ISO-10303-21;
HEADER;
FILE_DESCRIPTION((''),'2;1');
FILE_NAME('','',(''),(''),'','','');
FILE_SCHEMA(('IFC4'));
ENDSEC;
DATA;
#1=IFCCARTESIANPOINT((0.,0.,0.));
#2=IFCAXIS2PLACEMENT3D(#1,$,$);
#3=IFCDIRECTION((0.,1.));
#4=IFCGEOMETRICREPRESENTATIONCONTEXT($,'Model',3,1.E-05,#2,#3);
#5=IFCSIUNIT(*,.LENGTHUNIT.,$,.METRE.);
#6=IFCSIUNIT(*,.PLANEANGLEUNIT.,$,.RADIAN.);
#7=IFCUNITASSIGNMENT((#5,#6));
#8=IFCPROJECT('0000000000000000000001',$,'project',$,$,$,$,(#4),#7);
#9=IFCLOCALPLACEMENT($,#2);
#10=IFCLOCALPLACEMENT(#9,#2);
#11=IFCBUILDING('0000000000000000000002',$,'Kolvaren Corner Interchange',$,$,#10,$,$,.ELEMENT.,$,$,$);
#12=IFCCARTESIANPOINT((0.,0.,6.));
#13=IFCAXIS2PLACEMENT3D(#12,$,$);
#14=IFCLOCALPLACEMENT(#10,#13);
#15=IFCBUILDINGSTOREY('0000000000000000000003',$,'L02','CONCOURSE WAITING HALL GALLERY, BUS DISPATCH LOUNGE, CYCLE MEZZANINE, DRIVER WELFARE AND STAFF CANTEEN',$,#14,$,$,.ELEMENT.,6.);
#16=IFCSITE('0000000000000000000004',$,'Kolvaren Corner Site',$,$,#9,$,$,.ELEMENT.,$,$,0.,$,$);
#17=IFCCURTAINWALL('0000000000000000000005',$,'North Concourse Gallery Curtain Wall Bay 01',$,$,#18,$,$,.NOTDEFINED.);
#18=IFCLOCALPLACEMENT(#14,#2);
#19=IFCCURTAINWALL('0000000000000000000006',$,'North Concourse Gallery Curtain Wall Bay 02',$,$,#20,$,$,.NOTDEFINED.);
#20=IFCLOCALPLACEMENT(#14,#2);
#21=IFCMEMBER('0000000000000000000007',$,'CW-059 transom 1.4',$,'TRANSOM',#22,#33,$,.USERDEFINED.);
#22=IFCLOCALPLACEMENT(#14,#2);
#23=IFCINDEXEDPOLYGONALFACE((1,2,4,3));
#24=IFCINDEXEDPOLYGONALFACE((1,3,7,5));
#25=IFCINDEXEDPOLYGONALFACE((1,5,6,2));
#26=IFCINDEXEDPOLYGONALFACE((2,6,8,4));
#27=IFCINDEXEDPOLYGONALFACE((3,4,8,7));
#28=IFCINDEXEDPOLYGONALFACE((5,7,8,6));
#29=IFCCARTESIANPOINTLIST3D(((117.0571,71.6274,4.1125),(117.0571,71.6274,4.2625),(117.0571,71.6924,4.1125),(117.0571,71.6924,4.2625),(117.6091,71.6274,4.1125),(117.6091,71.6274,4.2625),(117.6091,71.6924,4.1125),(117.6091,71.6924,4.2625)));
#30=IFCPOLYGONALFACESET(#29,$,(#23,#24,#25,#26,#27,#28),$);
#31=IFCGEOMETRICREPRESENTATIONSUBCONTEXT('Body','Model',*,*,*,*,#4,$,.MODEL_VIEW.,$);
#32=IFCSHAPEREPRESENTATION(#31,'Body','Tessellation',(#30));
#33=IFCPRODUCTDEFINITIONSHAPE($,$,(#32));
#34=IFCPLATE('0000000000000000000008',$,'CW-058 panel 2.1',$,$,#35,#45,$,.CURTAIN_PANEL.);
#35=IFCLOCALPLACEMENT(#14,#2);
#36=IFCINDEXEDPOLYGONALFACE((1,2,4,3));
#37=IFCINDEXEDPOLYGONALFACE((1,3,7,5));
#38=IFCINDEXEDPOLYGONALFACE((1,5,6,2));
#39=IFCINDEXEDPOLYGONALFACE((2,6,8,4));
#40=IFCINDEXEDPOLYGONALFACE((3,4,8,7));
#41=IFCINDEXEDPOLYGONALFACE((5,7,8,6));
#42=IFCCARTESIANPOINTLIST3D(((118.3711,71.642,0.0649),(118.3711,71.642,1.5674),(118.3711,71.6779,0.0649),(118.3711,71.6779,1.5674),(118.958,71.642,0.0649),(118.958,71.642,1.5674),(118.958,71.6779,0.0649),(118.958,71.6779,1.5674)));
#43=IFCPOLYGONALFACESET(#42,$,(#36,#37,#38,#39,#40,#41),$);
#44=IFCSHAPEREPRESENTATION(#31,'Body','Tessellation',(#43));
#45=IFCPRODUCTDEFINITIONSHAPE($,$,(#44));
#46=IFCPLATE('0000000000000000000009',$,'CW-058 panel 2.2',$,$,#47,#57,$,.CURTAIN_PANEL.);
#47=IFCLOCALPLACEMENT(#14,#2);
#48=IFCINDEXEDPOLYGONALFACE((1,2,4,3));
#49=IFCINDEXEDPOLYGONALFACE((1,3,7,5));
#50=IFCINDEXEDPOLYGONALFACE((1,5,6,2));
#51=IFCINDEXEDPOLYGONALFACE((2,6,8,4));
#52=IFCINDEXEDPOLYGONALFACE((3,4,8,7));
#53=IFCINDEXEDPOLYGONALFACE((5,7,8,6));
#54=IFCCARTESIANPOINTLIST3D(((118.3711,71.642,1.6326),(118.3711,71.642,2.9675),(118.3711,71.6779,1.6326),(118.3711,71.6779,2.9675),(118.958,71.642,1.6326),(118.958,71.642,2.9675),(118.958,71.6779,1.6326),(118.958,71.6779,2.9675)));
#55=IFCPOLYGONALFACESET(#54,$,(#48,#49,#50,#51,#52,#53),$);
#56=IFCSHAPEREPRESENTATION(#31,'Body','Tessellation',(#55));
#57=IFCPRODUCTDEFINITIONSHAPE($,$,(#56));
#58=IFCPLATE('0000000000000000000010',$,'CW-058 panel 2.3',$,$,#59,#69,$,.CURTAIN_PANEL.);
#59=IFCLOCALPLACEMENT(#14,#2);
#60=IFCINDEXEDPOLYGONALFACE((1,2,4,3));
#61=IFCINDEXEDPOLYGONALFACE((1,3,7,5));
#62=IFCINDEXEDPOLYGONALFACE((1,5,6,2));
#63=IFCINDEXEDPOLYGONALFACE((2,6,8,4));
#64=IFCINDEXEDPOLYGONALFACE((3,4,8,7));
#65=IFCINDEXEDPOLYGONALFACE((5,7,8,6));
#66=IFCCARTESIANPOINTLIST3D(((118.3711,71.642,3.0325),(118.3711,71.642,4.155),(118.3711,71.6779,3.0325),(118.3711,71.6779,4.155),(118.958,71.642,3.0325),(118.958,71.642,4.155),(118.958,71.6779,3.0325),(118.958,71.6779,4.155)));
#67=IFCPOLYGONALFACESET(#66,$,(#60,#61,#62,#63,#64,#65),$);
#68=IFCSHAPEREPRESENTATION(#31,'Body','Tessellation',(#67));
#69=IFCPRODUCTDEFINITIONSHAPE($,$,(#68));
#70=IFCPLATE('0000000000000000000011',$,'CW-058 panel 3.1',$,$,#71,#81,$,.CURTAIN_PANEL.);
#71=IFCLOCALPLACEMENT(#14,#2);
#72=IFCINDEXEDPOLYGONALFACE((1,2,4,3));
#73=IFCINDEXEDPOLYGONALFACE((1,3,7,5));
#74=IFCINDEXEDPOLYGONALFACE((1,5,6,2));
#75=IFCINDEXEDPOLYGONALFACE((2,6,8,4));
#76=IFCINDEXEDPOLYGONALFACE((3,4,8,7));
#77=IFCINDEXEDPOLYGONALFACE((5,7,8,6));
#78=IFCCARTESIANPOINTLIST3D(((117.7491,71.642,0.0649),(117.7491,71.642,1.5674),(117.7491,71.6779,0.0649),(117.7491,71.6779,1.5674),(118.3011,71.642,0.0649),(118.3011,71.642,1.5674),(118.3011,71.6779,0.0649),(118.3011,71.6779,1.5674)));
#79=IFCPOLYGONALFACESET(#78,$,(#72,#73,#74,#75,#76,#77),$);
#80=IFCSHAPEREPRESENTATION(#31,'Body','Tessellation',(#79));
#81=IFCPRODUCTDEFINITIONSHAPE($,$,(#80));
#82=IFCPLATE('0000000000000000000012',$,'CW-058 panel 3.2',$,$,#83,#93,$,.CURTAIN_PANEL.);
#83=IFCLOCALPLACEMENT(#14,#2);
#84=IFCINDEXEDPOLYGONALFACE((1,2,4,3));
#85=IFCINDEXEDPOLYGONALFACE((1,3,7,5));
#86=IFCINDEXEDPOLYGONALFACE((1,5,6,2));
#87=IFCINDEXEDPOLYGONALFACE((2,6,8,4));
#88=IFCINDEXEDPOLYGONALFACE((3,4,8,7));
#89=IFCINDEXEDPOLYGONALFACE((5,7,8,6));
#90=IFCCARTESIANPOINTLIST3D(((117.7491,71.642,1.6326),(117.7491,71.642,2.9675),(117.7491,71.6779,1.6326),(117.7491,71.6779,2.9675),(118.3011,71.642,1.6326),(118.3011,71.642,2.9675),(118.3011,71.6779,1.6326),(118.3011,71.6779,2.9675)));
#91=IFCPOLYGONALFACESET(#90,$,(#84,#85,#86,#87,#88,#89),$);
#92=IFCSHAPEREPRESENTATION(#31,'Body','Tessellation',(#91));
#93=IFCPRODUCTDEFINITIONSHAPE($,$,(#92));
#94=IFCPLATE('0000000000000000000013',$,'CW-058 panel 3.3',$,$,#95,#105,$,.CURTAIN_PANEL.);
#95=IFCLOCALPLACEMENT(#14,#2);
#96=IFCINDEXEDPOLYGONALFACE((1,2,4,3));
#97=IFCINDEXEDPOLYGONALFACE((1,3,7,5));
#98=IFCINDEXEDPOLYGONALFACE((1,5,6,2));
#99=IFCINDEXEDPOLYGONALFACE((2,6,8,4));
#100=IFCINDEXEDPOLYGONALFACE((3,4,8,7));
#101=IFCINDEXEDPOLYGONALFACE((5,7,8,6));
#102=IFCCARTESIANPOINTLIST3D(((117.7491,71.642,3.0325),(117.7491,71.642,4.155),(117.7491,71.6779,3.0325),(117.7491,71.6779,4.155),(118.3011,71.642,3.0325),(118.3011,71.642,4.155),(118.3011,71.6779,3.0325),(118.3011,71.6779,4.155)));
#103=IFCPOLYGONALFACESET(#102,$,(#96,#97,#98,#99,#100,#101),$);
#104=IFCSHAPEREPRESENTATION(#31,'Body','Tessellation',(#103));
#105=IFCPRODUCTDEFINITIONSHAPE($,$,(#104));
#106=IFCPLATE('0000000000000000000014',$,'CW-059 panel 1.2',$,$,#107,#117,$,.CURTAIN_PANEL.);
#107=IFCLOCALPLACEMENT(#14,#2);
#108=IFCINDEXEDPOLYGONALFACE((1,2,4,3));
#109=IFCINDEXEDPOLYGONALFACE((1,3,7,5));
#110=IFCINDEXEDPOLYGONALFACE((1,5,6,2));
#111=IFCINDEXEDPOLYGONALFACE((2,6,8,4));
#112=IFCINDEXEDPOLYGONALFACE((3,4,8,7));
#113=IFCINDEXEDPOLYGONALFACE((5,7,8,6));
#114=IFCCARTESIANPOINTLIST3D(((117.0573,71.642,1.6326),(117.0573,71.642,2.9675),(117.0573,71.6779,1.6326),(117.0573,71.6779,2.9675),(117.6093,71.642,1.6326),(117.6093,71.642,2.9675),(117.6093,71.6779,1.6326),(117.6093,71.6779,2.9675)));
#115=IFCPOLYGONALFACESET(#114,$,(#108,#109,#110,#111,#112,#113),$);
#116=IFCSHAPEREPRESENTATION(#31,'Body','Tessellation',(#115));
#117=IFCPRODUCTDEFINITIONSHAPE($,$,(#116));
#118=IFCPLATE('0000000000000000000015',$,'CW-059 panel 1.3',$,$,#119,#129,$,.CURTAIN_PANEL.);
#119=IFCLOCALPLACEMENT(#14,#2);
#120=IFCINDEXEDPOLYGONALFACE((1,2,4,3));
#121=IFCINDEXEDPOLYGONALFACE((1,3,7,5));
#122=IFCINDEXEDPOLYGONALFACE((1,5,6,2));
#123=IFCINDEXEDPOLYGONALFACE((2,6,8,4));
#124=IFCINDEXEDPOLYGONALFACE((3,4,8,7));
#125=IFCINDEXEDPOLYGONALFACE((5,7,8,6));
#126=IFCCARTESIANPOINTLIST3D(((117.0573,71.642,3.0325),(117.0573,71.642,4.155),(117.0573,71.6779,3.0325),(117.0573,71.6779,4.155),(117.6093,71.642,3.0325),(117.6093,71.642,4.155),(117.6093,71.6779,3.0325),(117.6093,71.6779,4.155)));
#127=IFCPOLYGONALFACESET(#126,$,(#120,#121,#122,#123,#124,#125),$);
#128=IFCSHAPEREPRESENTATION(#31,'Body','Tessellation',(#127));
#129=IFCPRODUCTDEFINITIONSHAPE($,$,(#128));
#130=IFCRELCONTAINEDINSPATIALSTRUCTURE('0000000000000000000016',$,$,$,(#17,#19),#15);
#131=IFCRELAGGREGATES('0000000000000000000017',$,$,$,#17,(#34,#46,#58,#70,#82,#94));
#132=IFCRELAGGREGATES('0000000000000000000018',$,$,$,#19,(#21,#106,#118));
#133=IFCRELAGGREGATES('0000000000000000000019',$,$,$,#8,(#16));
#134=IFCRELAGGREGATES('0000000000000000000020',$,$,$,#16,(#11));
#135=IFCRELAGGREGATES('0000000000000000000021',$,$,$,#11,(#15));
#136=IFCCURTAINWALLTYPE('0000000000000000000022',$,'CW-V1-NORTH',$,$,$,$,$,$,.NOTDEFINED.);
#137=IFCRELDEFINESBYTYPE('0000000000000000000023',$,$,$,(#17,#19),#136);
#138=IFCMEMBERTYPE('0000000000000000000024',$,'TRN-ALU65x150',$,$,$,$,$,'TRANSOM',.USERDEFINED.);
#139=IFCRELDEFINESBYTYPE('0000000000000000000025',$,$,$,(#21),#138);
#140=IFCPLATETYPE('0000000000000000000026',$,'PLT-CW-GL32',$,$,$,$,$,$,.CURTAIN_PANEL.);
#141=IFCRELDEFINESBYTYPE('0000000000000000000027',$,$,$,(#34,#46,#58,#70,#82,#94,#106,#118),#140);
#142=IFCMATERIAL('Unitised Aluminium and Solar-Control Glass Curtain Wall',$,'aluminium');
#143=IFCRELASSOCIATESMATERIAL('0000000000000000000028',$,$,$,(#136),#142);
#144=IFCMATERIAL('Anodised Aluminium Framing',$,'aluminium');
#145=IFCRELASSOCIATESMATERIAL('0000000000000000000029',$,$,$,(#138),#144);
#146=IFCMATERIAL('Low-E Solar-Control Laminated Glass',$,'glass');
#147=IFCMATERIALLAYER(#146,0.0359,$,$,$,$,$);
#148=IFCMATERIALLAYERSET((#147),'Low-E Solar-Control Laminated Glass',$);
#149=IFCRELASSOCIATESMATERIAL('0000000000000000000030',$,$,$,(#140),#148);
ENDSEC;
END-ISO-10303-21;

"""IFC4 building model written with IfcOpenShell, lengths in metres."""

from ifc_helpers import new_model, si_unit, direction, frame, origin, origin_2d, place, context, subcontext, project, spatial, rectangle, extrude, material, layer, layer_set, material_profile, profile_set, type_object, element, aggregate, save


model = new_model("IFC4")

# Units and contexts
model_context = context("Model", 3, precision=1e-05, world=origin(), true_north=direction((0.0, 1.0)))
body_context = subcontext(model_context, "Body", "Model", "MODEL_VIEW")
ifc_project = project(units=[si_unit("LENGTHUNIT", "METRE"), si_unit("PLANEANGLEUNIT", "RADIAN")], contexts=[model_context])

# Site, building, storey
site_placement = place(None, origin())
site = spatial("IfcSite", under=ifc_project, at=site_placement, Name="Kolvaren Corner Site", CompositionType="ELEMENT", RefElevation=0.0)
building_placement = place(site_placement, origin())
building = spatial("IfcBuilding", under=site, at=building_placement, Name="Kolvaren Corner Interchange", CompositionType="ELEMENT")
storey_placement = place(building_placement, frame((0.0, 0.0, 6.0)))
storey = spatial("IfcBuildingStorey", under=building, at=storey_placement, Name="L02", Description="CONCOURSE WAITING HALL GALLERY, BUS DISPATCH LOUNGE, CYCLE MEZZANINE, DRIVER WELFARE AND STAFF CANTEEN", CompositionType="ELEMENT", Elevation=6.0)

# Curtain wall
ifc_material_1 = material(Name="Unitised Aluminium and Solar-Control Glass Curtain Wall", Category="aluminium")
curtain_wall_type = type_object("IfcCurtainWallType", Name="CW-V1-NORTH", PredefinedType="NOTDEFINED", material=ifc_material_1)
curtain_wall_1_placement = place(storey_placement, origin())
curtain_wall_1 = element("IfcCurtainWall", 1, at=curtain_wall_1_placement, inside=storey, type_object=curtain_wall_type, Name="North Concourse Gallery Curtain Wall Bay 01", PredefinedType="NOTDEFINED")

# Curtain wall
curtain_wall_2_placement = place(storey_placement, origin())
curtain_wall_2 = element("IfcCurtainWall", 2, at=curtain_wall_2_placement, inside=storey, type_object=curtain_wall_type, Name="North Concourse Gallery Curtain Wall Bay 02", PredefinedType="NOTDEFINED")

# Member
ifc_material_2 = material(Name="Anodised Aluminium Framing", Category="aluminium")
ifc_material_profile_1 = material_profile(ifc_material_2, rectangle(XDim=0.0649, YDim=0.1499, at=origin_2d()), Name="ALU 65x150")
ifc_profile_set_1 = profile_set([ifc_material_profile_1], Name="Anodised Aluminium Framing")
member_type_1 = type_object("IfcMemberType", Name="TRN-ALU65x150", ElementType="TRANSOM", PredefinedType="USERDEFINED", material=ifc_profile_set_1)
member_1_placement = place(storey_placement, frame((117.6091, 71.6599, 4.1875), z_axis=(-1.0, 0.0, 0.0), x_axis=(0.0, -1.0, 0.0)))
member_1 = element("IfcMember", 3, at=member_1_placement, type_object=member_type_1, Name="CW-059 transom 1.4", ObjectType="TRANSOM", PredefinedType="USERDEFINED", context=body_context, shape_type="SweptSolid", body=[
    extrude(rectangle(XDim=0.0649, YDim=0.1499, at=origin_2d()), origin(), (0.0, 0.0, 1.0), 0.552),
])

# Plates
ifc_material_3 = material(Name="Low-E Solar-Control Laminated Glass", Category="glass")
ifc_layer = layer(ifc_material_3, 0.0359)
ifc_layer_set = layer_set([ifc_layer], Name="Low-E Solar-Control Laminated Glass")
plate_type = type_object("IfcPlateType", Name="PLT-CW-GL32", PredefinedType="CURTAIN_PANEL", material=ifc_layer_set)
plate_1_placement = place(storey_placement, frame((118.6646, 71.6599, 0.0649), z_axis=(0.0, 0.0, 1.0), x_axis=(-1.0, 0.0, 0.0)))
plate_1 = element("IfcPlate", 4, at=plate_1_placement, type_object=plate_type, Name="CW-058 panel 2.1", PredefinedType="CURTAIN_PANEL", context=body_context, shape_type="SweptSolid", body=[
    extrude(rectangle(XDim=0.5869, YDim=0.0359, at=origin_2d()), origin(), (0.0, 0.0, 1.0), 1.5024),
])
plate_2_placement = place(storey_placement, frame((118.6646, 71.6599, 1.6326), z_axis=(0.0, 0.0, 1.0), x_axis=(-1.0, 0.0, 0.0)))
plate_2 = element("IfcPlate", 5, at=plate_2_placement, type_object=plate_type, Name="CW-058 panel 2.2", PredefinedType="CURTAIN_PANEL", context=body_context, shape_type="SweptSolid", body=[
    extrude(rectangle(XDim=0.5869, YDim=0.0359, at=origin_2d()), origin(), (0.0, 0.0, 1.0), 1.335),
])
plate_3_placement = place(storey_placement, frame((118.6646, 71.6599, 3.0325), z_axis=(0.0, 0.0, 1.0), x_axis=(-1.0, 0.0, 0.0)))
plate_3 = element("IfcPlate", 6, at=plate_3_placement, type_object=plate_type, Name="CW-058 panel 2.3", PredefinedType="CURTAIN_PANEL", context=body_context, shape_type="SweptSolid", body=[
    extrude(rectangle(XDim=0.5869, YDim=0.0359, at=origin_2d()), origin(), (0.0, 0.0, 1.0), 1.1226),
])
plate_4_placement = place(storey_placement, frame((118.0251, 71.6599, 0.0649), z_axis=(0.0, 0.0, 1.0), x_axis=(-1.0, 0.0, 0.0)))
plate_4 = element("IfcPlate", 7, at=plate_4_placement, type_object=plate_type, Name="CW-058 panel 3.1", PredefinedType="CURTAIN_PANEL", context=body_context, shape_type="SweptSolid", body=[
    extrude(rectangle(XDim=0.552, YDim=0.0359, at=origin_2d()), origin(), (0.0, 0.0, 1.0), 1.5024),
])
plate_5_placement = place(storey_placement, frame((118.0251, 71.6599, 1.6326), z_axis=(0.0, 0.0, 1.0), x_axis=(-1.0, 0.0, 0.0)))
plate_5 = element("IfcPlate", 8, at=plate_5_placement, type_object=plate_type, Name="CW-058 panel 3.2", PredefinedType="CURTAIN_PANEL", context=body_context, shape_type="SweptSolid", body=[
    extrude(rectangle(XDim=0.552, YDim=0.0359, at=origin_2d()), origin(), (0.0, 0.0, 1.0), 1.335),
])
plate_6_placement = place(storey_placement, frame((118.0251, 71.6599, 3.0325), z_axis=(0.0, 0.0, 1.0), x_axis=(-1.0, 0.0, 0.0)))
plate_6 = element("IfcPlate", 9, at=plate_6_placement, type_object=plate_type, Name="CW-058 panel 3.3", PredefinedType="CURTAIN_PANEL", context=body_context, shape_type="SweptSolid", body=[
    extrude(rectangle(XDim=0.552, YDim=0.0359, at=origin_2d()), origin(), (0.0, 0.0, 1.0), 1.1226),
])
aggregate(curtain_wall_1, [plate_1, plate_2, plate_3, plate_4, plate_5, plate_6])
plate_7_placement = place(storey_placement, frame((117.3333, 71.6599, 1.6326), z_axis=(0.0, 0.0, 1.0), x_axis=(-1.0, 0.0, 0.0)))
plate_7 = element("IfcPlate", 10, at=plate_7_placement, type_object=plate_type, Name="CW-059 panel 1.2", PredefinedType="CURTAIN_PANEL", context=body_context, shape_type="SweptSolid", body=[
    extrude(rectangle(XDim=0.552, YDim=0.0359, at=origin_2d()), origin(), (0.0, 0.0, 1.0), 1.335),
])
plate_8_placement = place(storey_placement, frame((117.3333, 71.6599, 3.0325), z_axis=(0.0, 0.0, 1.0), x_axis=(-1.0, 0.0, 0.0)))
plate_8 = element("IfcPlate", 11, at=plate_8_placement, type_object=plate_type, Name="CW-059 panel 1.3", PredefinedType="CURTAIN_PANEL", context=body_context, shape_type="SweptSolid", body=[
    extrude(rectangle(XDim=0.552, YDim=0.0359, at=origin_2d()), origin(), (0.0, 0.0, 1.0), 1.1226),
])
aggregate(curtain_wall_2, [member_1, plate_7, plate_8])

save(model, "model.ifc")
